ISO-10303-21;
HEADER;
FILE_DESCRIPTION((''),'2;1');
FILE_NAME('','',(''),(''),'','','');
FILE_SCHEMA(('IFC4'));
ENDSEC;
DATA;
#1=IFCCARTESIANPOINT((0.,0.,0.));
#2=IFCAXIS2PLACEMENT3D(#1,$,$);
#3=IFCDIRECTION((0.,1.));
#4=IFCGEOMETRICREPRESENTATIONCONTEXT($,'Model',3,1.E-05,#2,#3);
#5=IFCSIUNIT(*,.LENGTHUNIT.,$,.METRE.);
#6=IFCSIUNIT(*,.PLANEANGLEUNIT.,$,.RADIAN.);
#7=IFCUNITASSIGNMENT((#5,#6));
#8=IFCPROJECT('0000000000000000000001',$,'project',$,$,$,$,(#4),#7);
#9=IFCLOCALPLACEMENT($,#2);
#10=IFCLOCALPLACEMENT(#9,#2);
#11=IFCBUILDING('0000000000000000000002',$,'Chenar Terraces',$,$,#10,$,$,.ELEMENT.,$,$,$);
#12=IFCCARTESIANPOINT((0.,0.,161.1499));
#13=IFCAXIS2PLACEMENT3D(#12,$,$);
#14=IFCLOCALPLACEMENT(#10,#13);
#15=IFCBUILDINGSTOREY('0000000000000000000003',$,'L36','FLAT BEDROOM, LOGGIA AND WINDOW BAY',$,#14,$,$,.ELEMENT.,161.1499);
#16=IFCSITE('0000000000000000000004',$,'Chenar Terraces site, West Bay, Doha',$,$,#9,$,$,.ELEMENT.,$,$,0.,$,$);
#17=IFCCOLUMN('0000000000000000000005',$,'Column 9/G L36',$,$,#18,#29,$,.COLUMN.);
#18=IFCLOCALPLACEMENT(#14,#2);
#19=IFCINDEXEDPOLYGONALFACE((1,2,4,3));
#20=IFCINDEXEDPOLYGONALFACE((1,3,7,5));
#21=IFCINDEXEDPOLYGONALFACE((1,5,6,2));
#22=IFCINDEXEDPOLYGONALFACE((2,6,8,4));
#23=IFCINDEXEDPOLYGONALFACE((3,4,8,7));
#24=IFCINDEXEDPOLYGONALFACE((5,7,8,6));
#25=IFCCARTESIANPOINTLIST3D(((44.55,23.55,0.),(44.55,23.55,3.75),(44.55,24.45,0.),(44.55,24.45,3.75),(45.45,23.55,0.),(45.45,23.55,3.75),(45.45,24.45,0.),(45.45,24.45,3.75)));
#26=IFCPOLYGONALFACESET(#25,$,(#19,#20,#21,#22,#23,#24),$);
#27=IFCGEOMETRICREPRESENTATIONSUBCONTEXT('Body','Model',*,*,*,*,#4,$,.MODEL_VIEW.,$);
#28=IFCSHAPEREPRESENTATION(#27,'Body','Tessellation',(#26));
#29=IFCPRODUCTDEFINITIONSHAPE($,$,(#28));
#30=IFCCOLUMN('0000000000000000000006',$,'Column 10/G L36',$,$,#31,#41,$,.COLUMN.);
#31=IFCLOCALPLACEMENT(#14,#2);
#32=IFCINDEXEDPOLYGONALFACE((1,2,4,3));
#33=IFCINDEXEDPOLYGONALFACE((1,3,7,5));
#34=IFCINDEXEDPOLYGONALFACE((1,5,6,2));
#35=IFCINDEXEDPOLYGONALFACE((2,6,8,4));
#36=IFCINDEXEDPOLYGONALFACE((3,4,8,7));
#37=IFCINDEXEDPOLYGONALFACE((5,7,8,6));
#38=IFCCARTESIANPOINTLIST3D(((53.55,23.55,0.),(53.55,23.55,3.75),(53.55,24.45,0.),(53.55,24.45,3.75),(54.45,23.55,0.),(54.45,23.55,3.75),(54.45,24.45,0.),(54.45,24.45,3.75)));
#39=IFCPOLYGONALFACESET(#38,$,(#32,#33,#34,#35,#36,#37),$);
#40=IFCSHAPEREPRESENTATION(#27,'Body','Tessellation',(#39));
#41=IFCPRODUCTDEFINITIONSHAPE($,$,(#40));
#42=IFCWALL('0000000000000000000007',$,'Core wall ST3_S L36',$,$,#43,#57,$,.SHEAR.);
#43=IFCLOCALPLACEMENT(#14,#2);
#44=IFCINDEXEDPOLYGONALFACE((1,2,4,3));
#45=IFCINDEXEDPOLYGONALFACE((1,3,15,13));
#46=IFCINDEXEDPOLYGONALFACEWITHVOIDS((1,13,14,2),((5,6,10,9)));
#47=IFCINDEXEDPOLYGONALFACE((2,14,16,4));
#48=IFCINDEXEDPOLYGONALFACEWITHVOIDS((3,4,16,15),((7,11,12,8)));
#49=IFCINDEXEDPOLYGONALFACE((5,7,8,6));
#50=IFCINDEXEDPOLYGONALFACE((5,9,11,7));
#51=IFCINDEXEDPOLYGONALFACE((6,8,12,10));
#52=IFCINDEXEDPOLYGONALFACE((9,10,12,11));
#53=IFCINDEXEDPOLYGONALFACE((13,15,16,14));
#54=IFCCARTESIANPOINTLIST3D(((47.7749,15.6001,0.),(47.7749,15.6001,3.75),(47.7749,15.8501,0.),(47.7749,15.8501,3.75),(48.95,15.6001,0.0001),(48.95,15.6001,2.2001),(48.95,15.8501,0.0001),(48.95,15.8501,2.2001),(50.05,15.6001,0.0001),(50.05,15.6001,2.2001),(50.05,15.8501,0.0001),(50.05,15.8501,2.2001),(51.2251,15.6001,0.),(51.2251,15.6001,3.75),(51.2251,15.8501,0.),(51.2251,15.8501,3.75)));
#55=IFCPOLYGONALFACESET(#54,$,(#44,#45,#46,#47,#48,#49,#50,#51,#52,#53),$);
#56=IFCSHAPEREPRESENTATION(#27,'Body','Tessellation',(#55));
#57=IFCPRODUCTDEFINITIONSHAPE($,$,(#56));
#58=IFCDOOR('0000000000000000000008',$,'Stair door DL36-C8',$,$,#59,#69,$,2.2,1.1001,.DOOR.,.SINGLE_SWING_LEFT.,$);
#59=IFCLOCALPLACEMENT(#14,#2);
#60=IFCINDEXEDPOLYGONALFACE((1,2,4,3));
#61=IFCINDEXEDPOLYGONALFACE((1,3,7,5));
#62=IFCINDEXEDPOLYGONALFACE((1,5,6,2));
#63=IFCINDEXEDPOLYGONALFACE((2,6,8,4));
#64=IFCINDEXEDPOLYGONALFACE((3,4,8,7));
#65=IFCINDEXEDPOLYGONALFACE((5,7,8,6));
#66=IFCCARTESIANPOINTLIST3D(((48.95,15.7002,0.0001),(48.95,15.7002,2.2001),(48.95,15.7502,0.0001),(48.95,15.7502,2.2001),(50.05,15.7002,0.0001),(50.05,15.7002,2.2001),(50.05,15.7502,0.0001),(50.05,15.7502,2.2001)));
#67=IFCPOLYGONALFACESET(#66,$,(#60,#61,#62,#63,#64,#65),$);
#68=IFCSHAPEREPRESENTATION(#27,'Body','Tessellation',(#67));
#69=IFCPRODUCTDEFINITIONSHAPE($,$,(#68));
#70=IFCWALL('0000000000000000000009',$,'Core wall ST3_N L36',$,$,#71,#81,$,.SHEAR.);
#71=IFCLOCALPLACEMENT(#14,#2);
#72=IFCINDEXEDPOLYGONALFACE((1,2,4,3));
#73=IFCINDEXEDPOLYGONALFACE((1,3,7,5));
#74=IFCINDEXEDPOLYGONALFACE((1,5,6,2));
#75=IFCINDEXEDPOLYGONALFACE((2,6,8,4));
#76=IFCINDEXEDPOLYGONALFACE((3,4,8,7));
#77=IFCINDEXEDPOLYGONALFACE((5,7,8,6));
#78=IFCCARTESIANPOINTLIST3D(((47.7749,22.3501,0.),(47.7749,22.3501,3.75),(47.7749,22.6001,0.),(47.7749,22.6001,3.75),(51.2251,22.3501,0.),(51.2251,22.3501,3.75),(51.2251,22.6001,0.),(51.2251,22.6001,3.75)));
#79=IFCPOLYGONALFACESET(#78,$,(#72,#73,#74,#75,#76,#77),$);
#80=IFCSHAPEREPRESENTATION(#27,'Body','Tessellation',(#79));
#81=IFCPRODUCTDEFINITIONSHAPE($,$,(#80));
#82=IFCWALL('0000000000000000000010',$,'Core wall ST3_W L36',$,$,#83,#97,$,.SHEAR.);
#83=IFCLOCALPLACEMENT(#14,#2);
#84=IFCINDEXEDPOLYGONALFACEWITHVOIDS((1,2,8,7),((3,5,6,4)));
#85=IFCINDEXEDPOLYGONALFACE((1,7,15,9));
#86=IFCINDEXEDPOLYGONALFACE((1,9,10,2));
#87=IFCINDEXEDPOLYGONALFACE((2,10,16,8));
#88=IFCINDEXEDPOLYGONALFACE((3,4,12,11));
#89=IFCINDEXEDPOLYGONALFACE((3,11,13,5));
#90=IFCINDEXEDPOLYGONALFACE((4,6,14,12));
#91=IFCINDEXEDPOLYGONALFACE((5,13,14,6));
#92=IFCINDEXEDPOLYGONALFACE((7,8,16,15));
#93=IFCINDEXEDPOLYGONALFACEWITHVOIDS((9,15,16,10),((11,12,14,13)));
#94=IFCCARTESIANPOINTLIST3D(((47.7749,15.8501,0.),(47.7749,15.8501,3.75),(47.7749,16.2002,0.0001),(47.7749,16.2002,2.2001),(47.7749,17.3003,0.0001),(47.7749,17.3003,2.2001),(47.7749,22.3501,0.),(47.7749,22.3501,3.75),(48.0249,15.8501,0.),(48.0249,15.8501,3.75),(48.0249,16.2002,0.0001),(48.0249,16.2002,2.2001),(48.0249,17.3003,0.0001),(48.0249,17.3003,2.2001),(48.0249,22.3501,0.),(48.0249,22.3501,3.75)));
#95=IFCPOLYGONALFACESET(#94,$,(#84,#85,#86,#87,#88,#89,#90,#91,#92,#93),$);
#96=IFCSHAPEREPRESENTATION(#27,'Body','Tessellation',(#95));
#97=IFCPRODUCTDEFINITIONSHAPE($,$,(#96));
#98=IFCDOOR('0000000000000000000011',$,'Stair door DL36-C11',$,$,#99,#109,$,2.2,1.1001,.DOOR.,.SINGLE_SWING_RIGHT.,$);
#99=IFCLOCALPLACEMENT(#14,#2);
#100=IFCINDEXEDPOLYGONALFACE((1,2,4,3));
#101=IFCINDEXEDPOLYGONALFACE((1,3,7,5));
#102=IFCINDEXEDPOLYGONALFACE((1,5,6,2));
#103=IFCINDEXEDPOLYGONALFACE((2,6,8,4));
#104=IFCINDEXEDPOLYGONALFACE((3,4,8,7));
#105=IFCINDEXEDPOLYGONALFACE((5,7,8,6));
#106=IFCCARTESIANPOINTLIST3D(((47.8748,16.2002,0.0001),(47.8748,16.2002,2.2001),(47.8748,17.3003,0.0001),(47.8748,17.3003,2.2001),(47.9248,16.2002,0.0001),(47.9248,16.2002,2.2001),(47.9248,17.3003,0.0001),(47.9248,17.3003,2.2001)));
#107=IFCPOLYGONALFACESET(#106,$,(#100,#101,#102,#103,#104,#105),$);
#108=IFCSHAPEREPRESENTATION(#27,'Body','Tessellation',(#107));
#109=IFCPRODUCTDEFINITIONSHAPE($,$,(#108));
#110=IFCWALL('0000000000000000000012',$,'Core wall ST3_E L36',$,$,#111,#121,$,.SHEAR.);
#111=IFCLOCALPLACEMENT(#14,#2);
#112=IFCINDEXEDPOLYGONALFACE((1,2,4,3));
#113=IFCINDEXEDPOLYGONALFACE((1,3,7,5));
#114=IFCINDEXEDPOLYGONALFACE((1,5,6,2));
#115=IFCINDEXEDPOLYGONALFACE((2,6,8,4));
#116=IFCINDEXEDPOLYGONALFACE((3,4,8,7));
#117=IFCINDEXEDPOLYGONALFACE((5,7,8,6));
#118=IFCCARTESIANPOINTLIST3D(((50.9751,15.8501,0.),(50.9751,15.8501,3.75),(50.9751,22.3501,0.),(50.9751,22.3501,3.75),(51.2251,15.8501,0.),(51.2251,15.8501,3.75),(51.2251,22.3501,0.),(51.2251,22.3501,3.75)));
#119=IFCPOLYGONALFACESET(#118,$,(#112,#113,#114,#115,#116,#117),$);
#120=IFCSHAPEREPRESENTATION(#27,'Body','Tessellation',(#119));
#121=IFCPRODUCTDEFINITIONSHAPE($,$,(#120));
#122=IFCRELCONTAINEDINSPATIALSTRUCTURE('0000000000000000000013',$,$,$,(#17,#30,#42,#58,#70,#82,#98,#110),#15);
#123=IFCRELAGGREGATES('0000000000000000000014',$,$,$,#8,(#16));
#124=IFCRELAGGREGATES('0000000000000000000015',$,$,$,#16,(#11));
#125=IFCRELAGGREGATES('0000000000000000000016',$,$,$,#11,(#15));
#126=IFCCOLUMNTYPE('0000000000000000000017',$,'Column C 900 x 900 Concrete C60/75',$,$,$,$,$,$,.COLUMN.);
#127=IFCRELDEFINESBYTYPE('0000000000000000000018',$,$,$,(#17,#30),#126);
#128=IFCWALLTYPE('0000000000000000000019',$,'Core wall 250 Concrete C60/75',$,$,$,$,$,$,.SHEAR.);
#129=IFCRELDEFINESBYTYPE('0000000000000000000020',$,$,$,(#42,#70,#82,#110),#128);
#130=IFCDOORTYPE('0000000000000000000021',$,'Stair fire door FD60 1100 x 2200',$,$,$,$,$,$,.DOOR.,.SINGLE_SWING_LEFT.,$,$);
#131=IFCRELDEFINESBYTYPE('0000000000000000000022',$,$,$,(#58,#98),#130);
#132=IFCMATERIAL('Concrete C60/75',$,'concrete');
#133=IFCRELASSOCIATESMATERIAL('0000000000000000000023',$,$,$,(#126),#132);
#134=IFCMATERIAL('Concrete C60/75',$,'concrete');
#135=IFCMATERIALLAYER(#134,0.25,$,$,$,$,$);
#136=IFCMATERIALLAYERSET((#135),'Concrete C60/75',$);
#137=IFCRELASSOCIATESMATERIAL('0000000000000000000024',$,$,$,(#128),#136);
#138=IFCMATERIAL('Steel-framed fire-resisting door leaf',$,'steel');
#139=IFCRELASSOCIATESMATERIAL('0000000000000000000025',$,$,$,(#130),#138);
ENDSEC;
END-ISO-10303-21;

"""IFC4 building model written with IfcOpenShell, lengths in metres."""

from ifc_helpers import new_model, si_unit, direction, frame, frame_2d, origin, origin_2d, place, context, subcontext, project, spatial, rectangle, extrude, material, layer, layer_set, material_profile, profile_set, type_object, element, fill, save


model = new_model("IFC4")

# Units and contexts
model_context = context("Model", 3, precision=1e-05, world=origin(), true_north=direction((0.0, 1.0)))
body_context = subcontext(model_context, "Body", "Model", "MODEL_VIEW")
ifc_project = project(units=[si_unit("LENGTHUNIT", "METRE"), si_unit("PLANEANGLEUNIT", "RADIAN")], contexts=[model_context])

# Site, building, storey
site_placement = place(None, origin())
site = spatial("IfcSite", under=ifc_project, at=site_placement, Name="Chenar Terraces site, West Bay, Doha", CompositionType="ELEMENT", RefElevation=0.0)
building_placement = place(site_placement, origin())
building = spatial("IfcBuilding", under=site, at=building_placement, Name="Chenar Terraces", CompositionType="ELEMENT")
storey_placement = place(building_placement, frame((0.0, 0.0, 161.1499)))
storey = spatial("IfcBuildingStorey", under=building, at=storey_placement, Name="L36", Description="FLAT BEDROOM, LOGGIA AND WINDOW BAY", CompositionType="ELEMENT", Elevation=161.1499)

# Columns
ifc_material_1 = material(Name="Concrete C60/75", Category="concrete")
ifc_material_profile = material_profile(ifc_material_1, rectangle(XDim=0.8999, YDim=0.8999, at=origin_2d()), Name="C 900 x 900")
ifc_profile_set = profile_set([ifc_material_profile], Name="Concrete C60/75")
column_type = type_object("IfcColumnType", Name="Column C 900 x 900 Concrete C60/75", PredefinedType="COLUMN", material=ifc_profile_set)
for number, where, z_axis, x_axis, name in (
    (1, (45.0, 24.0, 0.0), (0.0, 0.0, 1.0), (1.0, 0.0, 0.0), "Column 9/G L36"),
    (2, (54.0, 24.0, 0.0), (0.0, 0.0, 1.0), (1.0, 0.0, 0.0), "Column 10/G L36"),
):
    element("IfcColumn", number, at=place(storey_placement, frame(where, z_axis=z_axis, x_axis=x_axis)), inside=storey, type_object=column_type, Name=name, PredefinedType="COLUMN", context=body_context, shape_type="SweptSolid", body=[
        extrude(rectangle(XDim=0.8999, YDim=0.8999, at=origin_2d()), origin(), (0.0, 0.0, 1.0), 3.75),
    ])

# Wall, opening, door
ifc_material_2 = material(Name="Concrete C60/75", Category="concrete")
ifc_layer_1 = layer(ifc_material_2, 0.25)
ifc_layer_set_1 = layer_set([ifc_layer_1], Name="Concrete C60/75")
wall_type_1 = type_object("IfcWallType", Name="Core wall 250 Concrete C60/75", PredefinedType="SHEAR", material=ifc_layer_set_1)
wall_1_placement = place(storey_placement, frame((47.7749, 15.7251, 0.0), z_axis=(0.0, 0.0, 1.0), x_axis=(1.0, 0.0, 0.0)))
wall_1 = element("IfcWall", 3, at=wall_1_placement, inside=storey, type_object=wall_type_1, Name="Core wall ST3_S L36", PredefinedType="SHEAR", context=body_context, shape_type="SweptSolid", body=[
    extrude(rectangle(XDim=3.4502, YDim=0.25, at=frame_2d((1.7251, 0.0))), origin(), (0.0, 0.0, 1.0), 3.75),
])
opening_1_placement = place(wall_1_placement, frame((1.175, 0.0, 0.0)))
opening_1 = element("IfcOpeningElement", 4, at=opening_1_placement, cuts=wall_1, PredefinedType="OPENING", context=body_context, shape_type="SweptSolid", body=[
    extrude(rectangle(XDim=1.1001, YDim=2.2, at=frame_2d((0.55, 1.1001))), frame((0.0, 0.135, 0.0), z_axis=(0.0, -1.0, 0.0), x_axis=(1.0, 0.0, 0.0)), (0.0, 0.0, 1.0), 0.27),
])
ifc_material_3 = material(Name="Steel-framed fire-resisting door leaf", Category="steel")
door_type_1 = type_object("IfcDoorType", Name="Stair fire door FD60 1100 x 2200", OperationType="SINGLE_SWING_LEFT", PredefinedType="DOOR", material=ifc_material_3)
door_1_placement = place(opening_1_placement, frame((1.1001, 0.0, 0.0), z_axis=(0.0, 0.0, 1.0), x_axis=(-1.0, 0.0, 0.0)))
door_1 = element("IfcDoor", 5, at=door_1_placement, inside=storey, type_object=door_type_1, Name="Stair door DL36-C8", OperationType="SINGLE_SWING_LEFT", OverallHeight=2.2, OverallWidth=1.1001, PredefinedType="DOOR", context=body_context, shape_type="SweptSolid", body=[
    extrude(rectangle(XDim=1.1001, YDim=2.2, at=frame_2d((0.55, 1.1001))), frame((0.0, 0.0249, 0.0), z_axis=(0.0, -1.0, 0.0), x_axis=(1.0, 0.0, 0.0)), (0.0, 0.0, 1.0), 0.05),
])
fill(opening_1, door_1)

# Wall
wall_2_placement = place(storey_placement, frame((47.7749, 22.4751, 0.0), z_axis=(0.0, 0.0, 1.0), x_axis=(1.0, 0.0, 0.0)))
element("IfcWall", 6, at=wall_2_placement, inside=storey, type_object=wall_type_1, Name="Core wall ST3_N L36", PredefinedType="SHEAR", context=body_context, shape_type="SweptSolid", body=[
    extrude(rectangle(XDim=3.4502, YDim=0.25, at=frame_2d((1.7251, 0.0))), origin(), (0.0, 0.0, 1.0), 3.75),
])

# Wall, opening, door
wall_3_placement = place(storey_placement, frame((47.8999, 15.8501, 0.0), z_axis=(0.0, 0.0, 1.0), x_axis=(0.0, 1.0, 0.0)))
wall_3 = element("IfcWall", 7, at=wall_3_placement, inside=storey, type_object=wall_type_1, Name="Core wall ST3_W L36", PredefinedType="SHEAR", context=body_context, shape_type="SweptSolid", body=[
    extrude(rectangle(XDim=6.5, YDim=0.25, at=frame_2d((3.25, 0.0))), origin(), (0.0, 0.0, 1.0), 3.75),
])
opening_2_placement = place(wall_3_placement, frame((0.3501, 0.0, 0.0)))
opening_2 = element("IfcOpeningElement", 8, at=opening_2_placement, cuts=wall_3, PredefinedType="OPENING", context=body_context, shape_type="SweptSolid", body=[
    extrude(rectangle(XDim=1.1001, YDim=2.2, at=frame_2d((0.55, 1.1001))), frame((0.0, 0.135, 0.0), z_axis=(0.0, -1.0, 0.0), x_axis=(1.0, 0.0, 0.0)), (0.0, 0.0, 1.0), 0.27),
])
door_2_placement = place(opening_2_placement, frame((1.1001, 0.0, 0.0), z_axis=(0.0, 0.0, 1.0), x_axis=(-1.0, 0.0, 0.0)))
door_2 = element("IfcDoor", 9, at=door_2_placement, inside=storey, type_object=door_type_1, Name="Stair door DL36-C11", OperationType="SINGLE_SWING_RIGHT", OverallHeight=2.2, OverallWidth=1.1001, PredefinedType="DOOR", context=body_context, shape_type="SweptSolid", body=[
    extrude(rectangle(XDim=1.1001, YDim=2.2, at=frame_2d((0.55, 1.1001))), frame((0.0, 0.0249, 0.0), z_axis=(0.0, -1.0, 0.0), x_axis=(1.0, 0.0, 0.0)), (0.0, 0.0, 1.0), 0.05),
])
fill(opening_2, door_2)

# Wall
wall_4_placement = place(storey_placement, frame((51.1001, 15.8501, 0.0), z_axis=(0.0, 0.0, 1.0), x_axis=(0.0, 1.0, 0.0)))
element("IfcWall", 10, at=wall_4_placement, inside=storey, type_object=wall_type_1, Name="Core wall ST3_E L36", PredefinedType="SHEAR", context=body_context, shape_type="SweptSolid", body=[
    extrude(rectangle(XDim=6.5, YDim=0.25, at=frame_2d((3.25, 0.0))), origin(), (0.0, 0.0, 1.0), 3.75),
])

save(model, "model.ifc")
